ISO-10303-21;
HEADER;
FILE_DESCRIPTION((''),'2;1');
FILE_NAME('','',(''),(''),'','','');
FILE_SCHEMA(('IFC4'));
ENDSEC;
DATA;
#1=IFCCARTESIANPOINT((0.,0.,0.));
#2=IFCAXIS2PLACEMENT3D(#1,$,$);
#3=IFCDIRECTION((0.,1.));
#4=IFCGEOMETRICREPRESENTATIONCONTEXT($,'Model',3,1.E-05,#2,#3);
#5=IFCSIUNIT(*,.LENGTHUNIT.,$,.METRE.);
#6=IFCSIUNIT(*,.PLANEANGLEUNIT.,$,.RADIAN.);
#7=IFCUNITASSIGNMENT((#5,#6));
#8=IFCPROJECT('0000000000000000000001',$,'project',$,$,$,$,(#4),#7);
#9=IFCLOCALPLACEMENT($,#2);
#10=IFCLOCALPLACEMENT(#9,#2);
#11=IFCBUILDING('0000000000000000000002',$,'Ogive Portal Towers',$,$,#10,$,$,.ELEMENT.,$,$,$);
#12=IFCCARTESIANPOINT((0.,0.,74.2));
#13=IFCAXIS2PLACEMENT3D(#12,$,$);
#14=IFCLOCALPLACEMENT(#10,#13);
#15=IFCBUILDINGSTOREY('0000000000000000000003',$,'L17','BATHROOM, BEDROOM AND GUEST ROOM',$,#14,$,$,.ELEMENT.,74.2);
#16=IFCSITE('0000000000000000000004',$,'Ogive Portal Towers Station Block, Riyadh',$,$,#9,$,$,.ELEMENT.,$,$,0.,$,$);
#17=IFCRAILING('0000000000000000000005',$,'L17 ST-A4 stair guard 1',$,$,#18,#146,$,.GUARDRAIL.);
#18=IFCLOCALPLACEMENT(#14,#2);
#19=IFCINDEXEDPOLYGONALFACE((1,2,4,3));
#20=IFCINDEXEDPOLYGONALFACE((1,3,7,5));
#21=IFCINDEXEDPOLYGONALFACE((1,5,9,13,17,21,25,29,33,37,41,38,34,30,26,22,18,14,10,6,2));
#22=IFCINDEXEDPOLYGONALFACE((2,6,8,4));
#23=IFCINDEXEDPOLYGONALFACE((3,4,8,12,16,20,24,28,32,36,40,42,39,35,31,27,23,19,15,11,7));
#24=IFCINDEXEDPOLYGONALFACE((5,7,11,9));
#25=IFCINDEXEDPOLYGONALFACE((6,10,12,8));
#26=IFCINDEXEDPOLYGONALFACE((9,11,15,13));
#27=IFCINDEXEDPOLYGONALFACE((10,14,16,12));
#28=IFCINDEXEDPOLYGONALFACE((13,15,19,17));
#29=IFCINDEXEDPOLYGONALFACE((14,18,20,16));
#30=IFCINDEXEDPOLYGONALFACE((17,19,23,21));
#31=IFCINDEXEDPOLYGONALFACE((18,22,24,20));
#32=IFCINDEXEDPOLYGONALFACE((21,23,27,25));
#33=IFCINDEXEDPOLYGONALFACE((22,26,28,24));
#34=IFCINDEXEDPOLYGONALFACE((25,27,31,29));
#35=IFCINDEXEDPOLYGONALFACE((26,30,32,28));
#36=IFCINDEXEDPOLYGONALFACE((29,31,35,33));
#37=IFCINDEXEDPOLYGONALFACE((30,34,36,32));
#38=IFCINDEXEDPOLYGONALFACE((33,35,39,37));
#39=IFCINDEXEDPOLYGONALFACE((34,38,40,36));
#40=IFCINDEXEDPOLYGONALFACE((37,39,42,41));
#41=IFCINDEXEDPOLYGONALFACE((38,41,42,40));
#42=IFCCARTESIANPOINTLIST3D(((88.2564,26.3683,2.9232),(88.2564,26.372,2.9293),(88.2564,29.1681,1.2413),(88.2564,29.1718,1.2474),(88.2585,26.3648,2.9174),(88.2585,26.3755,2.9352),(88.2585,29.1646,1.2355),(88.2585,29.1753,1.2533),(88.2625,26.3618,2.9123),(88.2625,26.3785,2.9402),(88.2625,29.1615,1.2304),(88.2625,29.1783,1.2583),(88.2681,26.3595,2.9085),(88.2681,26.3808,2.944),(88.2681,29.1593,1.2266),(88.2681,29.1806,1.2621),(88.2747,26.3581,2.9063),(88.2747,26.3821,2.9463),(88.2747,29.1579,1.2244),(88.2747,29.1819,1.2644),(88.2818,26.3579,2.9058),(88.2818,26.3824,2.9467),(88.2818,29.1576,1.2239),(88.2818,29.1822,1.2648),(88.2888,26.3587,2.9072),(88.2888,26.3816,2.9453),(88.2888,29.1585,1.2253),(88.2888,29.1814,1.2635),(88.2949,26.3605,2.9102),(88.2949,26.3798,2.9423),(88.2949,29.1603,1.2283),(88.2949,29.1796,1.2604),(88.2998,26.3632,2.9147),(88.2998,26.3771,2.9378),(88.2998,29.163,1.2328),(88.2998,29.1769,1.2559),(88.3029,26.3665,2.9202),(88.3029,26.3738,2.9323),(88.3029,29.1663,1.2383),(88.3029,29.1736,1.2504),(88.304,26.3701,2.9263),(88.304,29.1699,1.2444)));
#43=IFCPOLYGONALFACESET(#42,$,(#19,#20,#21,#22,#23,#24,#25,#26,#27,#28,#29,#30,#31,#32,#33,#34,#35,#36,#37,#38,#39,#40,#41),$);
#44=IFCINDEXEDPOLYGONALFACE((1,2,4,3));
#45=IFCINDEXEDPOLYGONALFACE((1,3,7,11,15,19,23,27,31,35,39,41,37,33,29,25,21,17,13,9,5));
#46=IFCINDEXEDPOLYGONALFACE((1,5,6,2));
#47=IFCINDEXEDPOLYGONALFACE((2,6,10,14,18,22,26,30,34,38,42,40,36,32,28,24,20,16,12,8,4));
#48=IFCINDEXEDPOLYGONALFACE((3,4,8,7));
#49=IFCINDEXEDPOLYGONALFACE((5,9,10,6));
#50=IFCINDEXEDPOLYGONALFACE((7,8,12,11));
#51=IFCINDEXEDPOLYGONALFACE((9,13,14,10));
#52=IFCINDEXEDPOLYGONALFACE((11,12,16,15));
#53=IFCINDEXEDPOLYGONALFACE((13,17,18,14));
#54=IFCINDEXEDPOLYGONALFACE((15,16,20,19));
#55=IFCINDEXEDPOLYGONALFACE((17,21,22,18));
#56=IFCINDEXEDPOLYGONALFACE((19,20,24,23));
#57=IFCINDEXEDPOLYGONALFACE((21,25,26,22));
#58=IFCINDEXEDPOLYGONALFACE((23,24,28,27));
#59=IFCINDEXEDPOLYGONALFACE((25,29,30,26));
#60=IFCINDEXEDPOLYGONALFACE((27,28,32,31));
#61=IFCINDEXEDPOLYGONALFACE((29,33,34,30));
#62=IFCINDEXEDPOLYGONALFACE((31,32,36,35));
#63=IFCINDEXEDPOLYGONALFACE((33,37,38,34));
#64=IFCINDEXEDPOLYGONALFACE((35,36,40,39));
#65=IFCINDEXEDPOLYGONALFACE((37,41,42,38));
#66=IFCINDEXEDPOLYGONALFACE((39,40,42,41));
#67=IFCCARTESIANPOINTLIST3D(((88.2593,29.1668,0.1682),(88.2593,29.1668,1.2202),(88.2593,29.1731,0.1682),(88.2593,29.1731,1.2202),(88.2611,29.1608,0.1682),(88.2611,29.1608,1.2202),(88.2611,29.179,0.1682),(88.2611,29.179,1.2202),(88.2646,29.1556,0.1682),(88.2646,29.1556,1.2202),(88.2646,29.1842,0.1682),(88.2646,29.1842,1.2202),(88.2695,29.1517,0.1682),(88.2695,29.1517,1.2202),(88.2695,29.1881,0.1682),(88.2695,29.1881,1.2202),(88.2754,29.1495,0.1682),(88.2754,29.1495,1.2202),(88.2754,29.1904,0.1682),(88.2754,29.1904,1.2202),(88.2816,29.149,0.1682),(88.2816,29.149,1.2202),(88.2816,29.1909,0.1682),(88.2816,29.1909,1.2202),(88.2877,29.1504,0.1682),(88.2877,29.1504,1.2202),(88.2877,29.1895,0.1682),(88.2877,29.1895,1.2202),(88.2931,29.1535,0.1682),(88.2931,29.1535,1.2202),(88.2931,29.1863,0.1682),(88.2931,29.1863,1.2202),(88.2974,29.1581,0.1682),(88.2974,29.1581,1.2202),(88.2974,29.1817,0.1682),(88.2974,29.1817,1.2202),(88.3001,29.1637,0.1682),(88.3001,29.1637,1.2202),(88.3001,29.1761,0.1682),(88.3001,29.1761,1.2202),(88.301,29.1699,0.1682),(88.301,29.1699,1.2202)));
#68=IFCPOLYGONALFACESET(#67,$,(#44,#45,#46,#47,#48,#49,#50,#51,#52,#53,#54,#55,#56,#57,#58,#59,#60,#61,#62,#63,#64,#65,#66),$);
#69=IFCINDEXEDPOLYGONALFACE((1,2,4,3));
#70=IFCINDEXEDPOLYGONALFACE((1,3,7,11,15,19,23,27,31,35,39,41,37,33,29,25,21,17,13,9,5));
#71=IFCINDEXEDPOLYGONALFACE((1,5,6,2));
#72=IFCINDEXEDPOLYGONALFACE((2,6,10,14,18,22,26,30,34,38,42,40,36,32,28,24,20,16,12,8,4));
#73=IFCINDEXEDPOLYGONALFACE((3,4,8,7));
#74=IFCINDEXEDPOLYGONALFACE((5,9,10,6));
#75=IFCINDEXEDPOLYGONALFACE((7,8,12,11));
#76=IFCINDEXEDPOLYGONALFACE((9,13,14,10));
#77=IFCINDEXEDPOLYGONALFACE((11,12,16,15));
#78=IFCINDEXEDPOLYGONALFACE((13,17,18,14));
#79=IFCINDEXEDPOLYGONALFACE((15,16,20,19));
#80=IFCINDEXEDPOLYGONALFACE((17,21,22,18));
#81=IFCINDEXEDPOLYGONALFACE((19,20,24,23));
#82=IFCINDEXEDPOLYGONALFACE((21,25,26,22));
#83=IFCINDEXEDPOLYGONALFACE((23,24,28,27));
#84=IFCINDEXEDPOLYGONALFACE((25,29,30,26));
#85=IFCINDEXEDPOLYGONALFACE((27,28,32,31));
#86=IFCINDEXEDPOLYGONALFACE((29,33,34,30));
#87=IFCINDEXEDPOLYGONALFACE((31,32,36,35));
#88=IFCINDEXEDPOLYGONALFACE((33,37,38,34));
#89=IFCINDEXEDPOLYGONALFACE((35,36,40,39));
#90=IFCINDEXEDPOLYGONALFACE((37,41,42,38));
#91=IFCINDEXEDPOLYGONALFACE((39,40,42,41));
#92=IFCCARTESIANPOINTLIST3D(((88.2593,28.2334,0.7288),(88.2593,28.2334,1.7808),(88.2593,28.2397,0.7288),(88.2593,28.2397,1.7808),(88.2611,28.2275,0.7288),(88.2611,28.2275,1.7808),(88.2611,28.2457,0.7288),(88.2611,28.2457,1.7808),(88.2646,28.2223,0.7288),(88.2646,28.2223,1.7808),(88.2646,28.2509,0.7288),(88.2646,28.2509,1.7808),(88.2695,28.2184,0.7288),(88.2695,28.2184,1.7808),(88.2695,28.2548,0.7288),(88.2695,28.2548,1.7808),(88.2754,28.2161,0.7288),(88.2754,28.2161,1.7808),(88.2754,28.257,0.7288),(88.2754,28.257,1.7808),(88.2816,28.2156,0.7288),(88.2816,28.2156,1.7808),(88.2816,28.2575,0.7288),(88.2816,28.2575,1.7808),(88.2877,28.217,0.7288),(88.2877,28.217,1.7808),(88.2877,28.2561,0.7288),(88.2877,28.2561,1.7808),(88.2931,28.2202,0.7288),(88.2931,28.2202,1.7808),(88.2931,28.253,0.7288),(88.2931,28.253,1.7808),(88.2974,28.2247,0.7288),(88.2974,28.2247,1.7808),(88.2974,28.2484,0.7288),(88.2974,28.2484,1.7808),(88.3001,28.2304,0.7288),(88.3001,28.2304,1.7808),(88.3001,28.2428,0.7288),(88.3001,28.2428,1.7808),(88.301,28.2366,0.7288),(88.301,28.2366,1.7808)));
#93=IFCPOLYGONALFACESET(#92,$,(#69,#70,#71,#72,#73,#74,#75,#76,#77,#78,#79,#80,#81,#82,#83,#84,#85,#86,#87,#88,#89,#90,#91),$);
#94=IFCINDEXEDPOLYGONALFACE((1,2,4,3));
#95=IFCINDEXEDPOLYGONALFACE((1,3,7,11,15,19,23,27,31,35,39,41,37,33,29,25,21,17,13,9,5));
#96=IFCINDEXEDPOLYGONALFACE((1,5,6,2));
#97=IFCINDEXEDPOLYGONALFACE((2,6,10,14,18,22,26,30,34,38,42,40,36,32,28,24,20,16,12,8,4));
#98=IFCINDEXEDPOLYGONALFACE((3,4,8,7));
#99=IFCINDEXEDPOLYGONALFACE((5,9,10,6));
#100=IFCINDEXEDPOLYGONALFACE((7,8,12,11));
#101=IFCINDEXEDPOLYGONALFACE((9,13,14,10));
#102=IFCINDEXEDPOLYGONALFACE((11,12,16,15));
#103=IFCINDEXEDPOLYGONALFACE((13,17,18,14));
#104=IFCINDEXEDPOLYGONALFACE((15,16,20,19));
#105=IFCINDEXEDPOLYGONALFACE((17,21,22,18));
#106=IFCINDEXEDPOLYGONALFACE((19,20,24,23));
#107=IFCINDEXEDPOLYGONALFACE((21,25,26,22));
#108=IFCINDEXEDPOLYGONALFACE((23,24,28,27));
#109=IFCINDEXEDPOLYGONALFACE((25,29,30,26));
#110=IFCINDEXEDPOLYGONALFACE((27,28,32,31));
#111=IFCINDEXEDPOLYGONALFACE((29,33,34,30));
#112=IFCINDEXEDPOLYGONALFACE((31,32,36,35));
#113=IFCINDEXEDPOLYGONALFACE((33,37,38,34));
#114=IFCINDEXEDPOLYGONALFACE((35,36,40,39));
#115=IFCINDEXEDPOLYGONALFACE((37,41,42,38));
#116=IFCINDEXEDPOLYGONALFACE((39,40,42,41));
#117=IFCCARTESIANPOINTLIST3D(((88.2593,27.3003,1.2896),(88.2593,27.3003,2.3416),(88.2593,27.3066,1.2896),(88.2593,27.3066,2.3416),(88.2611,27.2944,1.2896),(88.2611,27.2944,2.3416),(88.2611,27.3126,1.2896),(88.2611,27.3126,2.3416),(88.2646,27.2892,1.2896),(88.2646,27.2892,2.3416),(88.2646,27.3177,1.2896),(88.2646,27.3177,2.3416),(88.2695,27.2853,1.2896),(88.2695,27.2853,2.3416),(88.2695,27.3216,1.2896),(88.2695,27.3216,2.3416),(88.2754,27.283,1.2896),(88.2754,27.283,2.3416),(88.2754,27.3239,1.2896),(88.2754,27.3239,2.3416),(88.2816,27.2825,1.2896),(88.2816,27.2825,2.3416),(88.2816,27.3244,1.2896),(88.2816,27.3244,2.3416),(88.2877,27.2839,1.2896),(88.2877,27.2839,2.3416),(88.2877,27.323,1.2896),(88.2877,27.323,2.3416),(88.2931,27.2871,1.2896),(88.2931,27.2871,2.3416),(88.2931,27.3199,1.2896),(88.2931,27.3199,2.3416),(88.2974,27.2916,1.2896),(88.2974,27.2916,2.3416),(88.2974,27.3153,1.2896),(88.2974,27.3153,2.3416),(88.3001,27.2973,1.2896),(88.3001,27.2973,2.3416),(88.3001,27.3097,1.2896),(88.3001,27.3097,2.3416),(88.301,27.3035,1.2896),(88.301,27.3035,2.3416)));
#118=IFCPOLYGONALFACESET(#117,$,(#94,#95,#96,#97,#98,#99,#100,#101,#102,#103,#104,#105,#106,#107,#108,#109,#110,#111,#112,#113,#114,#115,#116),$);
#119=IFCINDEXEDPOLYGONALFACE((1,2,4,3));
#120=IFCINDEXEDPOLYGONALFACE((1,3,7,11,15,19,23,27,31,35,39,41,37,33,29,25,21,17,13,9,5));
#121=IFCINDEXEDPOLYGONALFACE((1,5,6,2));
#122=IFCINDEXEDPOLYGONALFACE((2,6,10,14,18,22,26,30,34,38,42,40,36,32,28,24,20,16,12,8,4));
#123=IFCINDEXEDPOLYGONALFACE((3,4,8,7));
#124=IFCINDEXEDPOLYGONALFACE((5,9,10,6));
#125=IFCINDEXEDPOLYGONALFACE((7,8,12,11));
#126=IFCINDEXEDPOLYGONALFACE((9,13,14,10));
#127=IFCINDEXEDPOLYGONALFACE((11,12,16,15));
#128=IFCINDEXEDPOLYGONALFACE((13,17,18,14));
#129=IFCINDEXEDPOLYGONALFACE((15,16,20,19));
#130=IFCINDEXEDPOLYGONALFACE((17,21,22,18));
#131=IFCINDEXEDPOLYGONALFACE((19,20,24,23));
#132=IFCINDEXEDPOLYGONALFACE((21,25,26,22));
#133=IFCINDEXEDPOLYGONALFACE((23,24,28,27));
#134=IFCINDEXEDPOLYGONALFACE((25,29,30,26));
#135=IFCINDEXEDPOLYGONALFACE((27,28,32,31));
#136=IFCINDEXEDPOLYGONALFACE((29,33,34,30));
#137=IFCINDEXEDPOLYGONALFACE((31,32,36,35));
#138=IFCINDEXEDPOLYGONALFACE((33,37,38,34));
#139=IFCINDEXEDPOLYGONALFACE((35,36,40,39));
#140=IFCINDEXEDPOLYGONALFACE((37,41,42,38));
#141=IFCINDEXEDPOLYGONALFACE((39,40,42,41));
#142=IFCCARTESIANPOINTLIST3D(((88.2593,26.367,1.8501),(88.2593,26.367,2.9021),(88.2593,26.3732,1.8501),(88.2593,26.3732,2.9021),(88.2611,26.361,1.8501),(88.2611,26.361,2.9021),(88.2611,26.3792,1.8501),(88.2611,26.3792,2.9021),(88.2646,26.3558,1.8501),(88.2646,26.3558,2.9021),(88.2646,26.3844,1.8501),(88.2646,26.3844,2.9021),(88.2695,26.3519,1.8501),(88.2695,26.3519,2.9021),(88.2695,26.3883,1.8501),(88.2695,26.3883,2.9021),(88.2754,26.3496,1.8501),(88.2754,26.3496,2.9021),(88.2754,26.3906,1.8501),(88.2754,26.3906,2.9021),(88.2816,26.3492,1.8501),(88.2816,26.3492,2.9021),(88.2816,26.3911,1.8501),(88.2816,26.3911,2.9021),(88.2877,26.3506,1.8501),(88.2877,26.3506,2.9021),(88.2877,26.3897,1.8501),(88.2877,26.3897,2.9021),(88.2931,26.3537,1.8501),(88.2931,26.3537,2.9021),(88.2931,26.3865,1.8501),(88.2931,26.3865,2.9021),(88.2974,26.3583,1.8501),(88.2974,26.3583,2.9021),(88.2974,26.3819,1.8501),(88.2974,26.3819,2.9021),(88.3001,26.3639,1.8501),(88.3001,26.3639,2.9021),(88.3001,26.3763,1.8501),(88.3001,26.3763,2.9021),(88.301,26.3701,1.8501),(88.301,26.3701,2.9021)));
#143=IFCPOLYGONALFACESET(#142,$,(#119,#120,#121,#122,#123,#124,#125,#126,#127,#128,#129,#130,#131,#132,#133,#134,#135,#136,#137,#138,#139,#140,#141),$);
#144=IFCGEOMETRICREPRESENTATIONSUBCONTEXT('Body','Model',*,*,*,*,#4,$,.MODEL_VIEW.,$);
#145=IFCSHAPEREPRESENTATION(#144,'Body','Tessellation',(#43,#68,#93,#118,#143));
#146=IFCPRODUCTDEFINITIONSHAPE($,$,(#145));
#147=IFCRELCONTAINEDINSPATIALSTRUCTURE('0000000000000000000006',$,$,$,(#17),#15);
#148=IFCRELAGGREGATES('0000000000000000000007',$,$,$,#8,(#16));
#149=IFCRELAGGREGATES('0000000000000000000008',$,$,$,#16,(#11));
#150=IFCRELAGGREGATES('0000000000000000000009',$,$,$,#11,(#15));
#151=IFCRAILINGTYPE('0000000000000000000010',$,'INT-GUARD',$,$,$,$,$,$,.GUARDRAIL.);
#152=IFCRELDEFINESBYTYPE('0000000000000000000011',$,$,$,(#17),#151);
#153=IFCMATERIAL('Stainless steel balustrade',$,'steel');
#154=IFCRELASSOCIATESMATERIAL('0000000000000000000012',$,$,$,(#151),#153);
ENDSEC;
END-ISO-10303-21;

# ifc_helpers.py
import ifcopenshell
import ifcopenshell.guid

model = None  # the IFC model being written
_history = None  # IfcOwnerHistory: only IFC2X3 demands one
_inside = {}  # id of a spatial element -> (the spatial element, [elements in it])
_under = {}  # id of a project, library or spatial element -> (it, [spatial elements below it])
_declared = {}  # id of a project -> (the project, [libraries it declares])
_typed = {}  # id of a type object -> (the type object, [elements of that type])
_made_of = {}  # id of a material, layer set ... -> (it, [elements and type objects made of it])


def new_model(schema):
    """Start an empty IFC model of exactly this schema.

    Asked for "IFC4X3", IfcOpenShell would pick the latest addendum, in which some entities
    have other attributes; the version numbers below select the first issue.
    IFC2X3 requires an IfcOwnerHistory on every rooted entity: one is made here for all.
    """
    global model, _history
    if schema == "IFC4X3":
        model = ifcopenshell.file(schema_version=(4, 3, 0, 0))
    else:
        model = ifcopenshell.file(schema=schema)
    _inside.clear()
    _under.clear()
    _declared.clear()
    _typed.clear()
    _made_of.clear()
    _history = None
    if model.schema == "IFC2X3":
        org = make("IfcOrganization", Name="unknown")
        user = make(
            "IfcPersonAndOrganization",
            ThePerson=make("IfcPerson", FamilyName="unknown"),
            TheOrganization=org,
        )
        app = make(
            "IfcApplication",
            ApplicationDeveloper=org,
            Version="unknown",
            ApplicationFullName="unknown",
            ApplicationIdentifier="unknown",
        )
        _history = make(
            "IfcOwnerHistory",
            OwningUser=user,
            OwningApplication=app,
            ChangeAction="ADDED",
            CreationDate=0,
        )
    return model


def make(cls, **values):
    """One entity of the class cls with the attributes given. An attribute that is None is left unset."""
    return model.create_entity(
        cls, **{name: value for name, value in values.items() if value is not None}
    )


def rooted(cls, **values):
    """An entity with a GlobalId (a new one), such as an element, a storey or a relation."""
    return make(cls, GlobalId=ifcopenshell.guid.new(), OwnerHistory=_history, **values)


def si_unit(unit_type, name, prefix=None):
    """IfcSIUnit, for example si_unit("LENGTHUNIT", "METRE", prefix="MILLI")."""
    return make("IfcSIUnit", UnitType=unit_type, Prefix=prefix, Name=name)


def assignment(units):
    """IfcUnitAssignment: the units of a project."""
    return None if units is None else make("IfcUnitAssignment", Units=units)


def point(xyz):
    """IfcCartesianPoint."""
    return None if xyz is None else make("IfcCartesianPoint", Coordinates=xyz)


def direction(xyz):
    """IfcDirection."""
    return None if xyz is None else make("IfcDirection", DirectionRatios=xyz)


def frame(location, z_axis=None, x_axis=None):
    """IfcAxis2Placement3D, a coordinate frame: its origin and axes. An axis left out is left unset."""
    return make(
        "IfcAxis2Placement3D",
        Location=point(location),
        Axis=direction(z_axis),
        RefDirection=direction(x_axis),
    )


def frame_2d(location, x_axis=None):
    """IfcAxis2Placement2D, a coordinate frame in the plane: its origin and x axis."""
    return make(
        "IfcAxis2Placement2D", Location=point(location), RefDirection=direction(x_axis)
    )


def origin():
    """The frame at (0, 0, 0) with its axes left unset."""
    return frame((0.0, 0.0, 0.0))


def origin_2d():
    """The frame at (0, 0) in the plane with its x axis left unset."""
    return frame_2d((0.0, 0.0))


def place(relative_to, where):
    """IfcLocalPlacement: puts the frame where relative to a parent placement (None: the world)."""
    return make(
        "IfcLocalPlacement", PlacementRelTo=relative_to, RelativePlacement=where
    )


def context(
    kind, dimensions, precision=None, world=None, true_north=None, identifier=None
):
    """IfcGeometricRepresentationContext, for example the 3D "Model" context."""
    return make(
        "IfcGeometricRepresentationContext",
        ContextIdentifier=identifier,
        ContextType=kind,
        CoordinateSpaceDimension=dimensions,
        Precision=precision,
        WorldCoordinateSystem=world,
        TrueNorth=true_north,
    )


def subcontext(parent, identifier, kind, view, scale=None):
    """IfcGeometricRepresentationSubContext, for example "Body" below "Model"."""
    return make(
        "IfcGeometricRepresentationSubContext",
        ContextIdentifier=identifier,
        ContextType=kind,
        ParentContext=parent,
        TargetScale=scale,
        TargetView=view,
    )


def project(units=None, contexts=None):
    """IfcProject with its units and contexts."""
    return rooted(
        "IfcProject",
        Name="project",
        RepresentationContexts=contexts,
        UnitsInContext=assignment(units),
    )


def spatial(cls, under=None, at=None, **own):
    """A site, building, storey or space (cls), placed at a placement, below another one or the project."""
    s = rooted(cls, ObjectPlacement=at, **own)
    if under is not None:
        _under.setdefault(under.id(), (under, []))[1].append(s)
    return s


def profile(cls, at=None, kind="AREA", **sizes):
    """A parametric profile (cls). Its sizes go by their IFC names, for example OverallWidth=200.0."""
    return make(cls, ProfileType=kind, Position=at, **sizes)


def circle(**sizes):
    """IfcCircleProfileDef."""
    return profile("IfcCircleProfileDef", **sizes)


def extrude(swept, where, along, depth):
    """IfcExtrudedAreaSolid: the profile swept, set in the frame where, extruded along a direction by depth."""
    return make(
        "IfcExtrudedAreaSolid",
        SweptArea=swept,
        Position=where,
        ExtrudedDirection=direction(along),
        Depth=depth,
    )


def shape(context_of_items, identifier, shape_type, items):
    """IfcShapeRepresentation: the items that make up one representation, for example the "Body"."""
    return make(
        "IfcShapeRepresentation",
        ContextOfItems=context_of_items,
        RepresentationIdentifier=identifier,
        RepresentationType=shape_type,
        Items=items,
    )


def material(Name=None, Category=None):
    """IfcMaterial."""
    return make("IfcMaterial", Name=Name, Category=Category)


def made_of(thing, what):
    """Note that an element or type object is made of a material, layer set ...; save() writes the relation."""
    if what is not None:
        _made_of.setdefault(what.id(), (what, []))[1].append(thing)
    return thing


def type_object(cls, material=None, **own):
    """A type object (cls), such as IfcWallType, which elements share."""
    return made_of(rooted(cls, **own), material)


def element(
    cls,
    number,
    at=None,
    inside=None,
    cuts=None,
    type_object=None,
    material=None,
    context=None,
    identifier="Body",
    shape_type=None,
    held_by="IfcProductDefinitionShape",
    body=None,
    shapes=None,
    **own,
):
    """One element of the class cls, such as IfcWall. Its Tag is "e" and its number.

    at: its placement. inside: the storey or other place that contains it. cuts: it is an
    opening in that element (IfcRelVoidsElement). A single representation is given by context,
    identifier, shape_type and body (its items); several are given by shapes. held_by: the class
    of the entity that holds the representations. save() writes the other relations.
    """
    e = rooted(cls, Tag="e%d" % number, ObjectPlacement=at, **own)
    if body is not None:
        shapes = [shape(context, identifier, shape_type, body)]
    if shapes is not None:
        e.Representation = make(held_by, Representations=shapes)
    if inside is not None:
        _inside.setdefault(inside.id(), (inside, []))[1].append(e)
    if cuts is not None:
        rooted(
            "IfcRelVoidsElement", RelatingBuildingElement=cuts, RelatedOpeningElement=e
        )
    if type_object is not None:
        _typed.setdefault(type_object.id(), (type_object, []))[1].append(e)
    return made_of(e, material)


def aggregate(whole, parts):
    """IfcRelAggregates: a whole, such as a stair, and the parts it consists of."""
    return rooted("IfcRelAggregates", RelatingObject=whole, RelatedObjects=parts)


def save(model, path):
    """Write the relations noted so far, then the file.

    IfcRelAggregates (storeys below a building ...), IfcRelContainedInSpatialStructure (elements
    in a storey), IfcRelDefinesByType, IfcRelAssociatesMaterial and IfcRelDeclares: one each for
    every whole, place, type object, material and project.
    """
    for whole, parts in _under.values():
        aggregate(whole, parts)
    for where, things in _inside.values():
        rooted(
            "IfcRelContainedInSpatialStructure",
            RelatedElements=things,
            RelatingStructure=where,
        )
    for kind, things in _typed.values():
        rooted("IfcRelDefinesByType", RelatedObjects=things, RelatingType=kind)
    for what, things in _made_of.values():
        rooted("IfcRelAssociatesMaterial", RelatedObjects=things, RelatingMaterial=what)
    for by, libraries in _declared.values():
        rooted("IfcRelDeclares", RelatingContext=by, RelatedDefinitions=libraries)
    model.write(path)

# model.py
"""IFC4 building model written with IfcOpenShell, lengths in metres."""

from ifc_helpers import new_model, si_unit, direction, frame, origin, origin_2d, place, context, subcontext, project, spatial, circle, extrude, material, type_object, element, save


model = new_model("IFC4")

# Units and contexts
model_context = context("Model", 3, precision=1e-05, world=origin(), true_north=direction((0.0, 1.0)))
body_context = subcontext(model_context, "Body", "Model", "MODEL_VIEW")
ifc_project = project(units=[si_unit("LENGTHUNIT", "METRE"), si_unit("PLANEANGLEUNIT", "RADIAN")], contexts=[model_context])

# Site, building, storey
site_placement = place(None, origin())
site = spatial("IfcSite", under=ifc_project, at=site_placement, Name="Ogive Portal Towers Station Block, Riyadh", CompositionType="ELEMENT", RefElevation=0.0)
building_placement = place(site_placement, origin())
building = spatial("IfcBuilding", under=site, at=building_placement, Name="Ogive Portal Towers", CompositionType="ELEMENT")
storey_placement = place(building_placement, frame((0.0, 0.0, 74.2)))
storey = spatial("IfcBuildingStorey", under=building, at=storey_placement, Name="L17", Description="BATHROOM, BEDROOM AND GUEST ROOM", CompositionType="ELEMENT", Elevation=74.2)

# Railing
ifc_material_1 = material(Name="Stainless steel balustrade", Category="steel")
railing_type_1 = type_object("IfcRailingType", Name="INT-GUARD", PredefinedType="GUARDRAIL", material=ifc_material_1)
railing_1_placement = place(storey_placement, frame((88.28, 29.1699, 0.1682)))
element("IfcRailing", 1, at=railing_1_placement, inside=storey, type_object=railing_type_1, Name="L17 ST-A4 stair guard 1", PredefinedType="GUARDRAIL", context=body_context, shape_type="SweptSolid", body=[
    extrude(circle(Radius=0.0239, at=origin_2d()), frame((0.0, 0.0, 1.0762), z_axis=(0.0, -0.857222, 0.514946), x_axis=(1.0, 0.0, 0.0)), (0.0, 0.0, 1.0), 3.2661),
    extrude(circle(Radius=0.021, at=origin_2d()), origin(), (0.0, 0.0, 1.0), 1.052),
    extrude(circle(Radius=0.021, at=origin_2d()), frame((0.0, -0.9333, 0.5605)), (0.0, 0.0, 1.0), 1.052),
    extrude(circle(Radius=0.021, at=origin_2d()), frame((0.0, -1.8665, 1.1213)), (0.0, 0.0, 1.0), 1.052),
    extrude(circle(Radius=0.021, at=origin_2d()), frame((0.0, -2.7998, 1.6819)), (0.0, 0.0, 1.0), 1.052),
])

save(model, "model.ifc")
